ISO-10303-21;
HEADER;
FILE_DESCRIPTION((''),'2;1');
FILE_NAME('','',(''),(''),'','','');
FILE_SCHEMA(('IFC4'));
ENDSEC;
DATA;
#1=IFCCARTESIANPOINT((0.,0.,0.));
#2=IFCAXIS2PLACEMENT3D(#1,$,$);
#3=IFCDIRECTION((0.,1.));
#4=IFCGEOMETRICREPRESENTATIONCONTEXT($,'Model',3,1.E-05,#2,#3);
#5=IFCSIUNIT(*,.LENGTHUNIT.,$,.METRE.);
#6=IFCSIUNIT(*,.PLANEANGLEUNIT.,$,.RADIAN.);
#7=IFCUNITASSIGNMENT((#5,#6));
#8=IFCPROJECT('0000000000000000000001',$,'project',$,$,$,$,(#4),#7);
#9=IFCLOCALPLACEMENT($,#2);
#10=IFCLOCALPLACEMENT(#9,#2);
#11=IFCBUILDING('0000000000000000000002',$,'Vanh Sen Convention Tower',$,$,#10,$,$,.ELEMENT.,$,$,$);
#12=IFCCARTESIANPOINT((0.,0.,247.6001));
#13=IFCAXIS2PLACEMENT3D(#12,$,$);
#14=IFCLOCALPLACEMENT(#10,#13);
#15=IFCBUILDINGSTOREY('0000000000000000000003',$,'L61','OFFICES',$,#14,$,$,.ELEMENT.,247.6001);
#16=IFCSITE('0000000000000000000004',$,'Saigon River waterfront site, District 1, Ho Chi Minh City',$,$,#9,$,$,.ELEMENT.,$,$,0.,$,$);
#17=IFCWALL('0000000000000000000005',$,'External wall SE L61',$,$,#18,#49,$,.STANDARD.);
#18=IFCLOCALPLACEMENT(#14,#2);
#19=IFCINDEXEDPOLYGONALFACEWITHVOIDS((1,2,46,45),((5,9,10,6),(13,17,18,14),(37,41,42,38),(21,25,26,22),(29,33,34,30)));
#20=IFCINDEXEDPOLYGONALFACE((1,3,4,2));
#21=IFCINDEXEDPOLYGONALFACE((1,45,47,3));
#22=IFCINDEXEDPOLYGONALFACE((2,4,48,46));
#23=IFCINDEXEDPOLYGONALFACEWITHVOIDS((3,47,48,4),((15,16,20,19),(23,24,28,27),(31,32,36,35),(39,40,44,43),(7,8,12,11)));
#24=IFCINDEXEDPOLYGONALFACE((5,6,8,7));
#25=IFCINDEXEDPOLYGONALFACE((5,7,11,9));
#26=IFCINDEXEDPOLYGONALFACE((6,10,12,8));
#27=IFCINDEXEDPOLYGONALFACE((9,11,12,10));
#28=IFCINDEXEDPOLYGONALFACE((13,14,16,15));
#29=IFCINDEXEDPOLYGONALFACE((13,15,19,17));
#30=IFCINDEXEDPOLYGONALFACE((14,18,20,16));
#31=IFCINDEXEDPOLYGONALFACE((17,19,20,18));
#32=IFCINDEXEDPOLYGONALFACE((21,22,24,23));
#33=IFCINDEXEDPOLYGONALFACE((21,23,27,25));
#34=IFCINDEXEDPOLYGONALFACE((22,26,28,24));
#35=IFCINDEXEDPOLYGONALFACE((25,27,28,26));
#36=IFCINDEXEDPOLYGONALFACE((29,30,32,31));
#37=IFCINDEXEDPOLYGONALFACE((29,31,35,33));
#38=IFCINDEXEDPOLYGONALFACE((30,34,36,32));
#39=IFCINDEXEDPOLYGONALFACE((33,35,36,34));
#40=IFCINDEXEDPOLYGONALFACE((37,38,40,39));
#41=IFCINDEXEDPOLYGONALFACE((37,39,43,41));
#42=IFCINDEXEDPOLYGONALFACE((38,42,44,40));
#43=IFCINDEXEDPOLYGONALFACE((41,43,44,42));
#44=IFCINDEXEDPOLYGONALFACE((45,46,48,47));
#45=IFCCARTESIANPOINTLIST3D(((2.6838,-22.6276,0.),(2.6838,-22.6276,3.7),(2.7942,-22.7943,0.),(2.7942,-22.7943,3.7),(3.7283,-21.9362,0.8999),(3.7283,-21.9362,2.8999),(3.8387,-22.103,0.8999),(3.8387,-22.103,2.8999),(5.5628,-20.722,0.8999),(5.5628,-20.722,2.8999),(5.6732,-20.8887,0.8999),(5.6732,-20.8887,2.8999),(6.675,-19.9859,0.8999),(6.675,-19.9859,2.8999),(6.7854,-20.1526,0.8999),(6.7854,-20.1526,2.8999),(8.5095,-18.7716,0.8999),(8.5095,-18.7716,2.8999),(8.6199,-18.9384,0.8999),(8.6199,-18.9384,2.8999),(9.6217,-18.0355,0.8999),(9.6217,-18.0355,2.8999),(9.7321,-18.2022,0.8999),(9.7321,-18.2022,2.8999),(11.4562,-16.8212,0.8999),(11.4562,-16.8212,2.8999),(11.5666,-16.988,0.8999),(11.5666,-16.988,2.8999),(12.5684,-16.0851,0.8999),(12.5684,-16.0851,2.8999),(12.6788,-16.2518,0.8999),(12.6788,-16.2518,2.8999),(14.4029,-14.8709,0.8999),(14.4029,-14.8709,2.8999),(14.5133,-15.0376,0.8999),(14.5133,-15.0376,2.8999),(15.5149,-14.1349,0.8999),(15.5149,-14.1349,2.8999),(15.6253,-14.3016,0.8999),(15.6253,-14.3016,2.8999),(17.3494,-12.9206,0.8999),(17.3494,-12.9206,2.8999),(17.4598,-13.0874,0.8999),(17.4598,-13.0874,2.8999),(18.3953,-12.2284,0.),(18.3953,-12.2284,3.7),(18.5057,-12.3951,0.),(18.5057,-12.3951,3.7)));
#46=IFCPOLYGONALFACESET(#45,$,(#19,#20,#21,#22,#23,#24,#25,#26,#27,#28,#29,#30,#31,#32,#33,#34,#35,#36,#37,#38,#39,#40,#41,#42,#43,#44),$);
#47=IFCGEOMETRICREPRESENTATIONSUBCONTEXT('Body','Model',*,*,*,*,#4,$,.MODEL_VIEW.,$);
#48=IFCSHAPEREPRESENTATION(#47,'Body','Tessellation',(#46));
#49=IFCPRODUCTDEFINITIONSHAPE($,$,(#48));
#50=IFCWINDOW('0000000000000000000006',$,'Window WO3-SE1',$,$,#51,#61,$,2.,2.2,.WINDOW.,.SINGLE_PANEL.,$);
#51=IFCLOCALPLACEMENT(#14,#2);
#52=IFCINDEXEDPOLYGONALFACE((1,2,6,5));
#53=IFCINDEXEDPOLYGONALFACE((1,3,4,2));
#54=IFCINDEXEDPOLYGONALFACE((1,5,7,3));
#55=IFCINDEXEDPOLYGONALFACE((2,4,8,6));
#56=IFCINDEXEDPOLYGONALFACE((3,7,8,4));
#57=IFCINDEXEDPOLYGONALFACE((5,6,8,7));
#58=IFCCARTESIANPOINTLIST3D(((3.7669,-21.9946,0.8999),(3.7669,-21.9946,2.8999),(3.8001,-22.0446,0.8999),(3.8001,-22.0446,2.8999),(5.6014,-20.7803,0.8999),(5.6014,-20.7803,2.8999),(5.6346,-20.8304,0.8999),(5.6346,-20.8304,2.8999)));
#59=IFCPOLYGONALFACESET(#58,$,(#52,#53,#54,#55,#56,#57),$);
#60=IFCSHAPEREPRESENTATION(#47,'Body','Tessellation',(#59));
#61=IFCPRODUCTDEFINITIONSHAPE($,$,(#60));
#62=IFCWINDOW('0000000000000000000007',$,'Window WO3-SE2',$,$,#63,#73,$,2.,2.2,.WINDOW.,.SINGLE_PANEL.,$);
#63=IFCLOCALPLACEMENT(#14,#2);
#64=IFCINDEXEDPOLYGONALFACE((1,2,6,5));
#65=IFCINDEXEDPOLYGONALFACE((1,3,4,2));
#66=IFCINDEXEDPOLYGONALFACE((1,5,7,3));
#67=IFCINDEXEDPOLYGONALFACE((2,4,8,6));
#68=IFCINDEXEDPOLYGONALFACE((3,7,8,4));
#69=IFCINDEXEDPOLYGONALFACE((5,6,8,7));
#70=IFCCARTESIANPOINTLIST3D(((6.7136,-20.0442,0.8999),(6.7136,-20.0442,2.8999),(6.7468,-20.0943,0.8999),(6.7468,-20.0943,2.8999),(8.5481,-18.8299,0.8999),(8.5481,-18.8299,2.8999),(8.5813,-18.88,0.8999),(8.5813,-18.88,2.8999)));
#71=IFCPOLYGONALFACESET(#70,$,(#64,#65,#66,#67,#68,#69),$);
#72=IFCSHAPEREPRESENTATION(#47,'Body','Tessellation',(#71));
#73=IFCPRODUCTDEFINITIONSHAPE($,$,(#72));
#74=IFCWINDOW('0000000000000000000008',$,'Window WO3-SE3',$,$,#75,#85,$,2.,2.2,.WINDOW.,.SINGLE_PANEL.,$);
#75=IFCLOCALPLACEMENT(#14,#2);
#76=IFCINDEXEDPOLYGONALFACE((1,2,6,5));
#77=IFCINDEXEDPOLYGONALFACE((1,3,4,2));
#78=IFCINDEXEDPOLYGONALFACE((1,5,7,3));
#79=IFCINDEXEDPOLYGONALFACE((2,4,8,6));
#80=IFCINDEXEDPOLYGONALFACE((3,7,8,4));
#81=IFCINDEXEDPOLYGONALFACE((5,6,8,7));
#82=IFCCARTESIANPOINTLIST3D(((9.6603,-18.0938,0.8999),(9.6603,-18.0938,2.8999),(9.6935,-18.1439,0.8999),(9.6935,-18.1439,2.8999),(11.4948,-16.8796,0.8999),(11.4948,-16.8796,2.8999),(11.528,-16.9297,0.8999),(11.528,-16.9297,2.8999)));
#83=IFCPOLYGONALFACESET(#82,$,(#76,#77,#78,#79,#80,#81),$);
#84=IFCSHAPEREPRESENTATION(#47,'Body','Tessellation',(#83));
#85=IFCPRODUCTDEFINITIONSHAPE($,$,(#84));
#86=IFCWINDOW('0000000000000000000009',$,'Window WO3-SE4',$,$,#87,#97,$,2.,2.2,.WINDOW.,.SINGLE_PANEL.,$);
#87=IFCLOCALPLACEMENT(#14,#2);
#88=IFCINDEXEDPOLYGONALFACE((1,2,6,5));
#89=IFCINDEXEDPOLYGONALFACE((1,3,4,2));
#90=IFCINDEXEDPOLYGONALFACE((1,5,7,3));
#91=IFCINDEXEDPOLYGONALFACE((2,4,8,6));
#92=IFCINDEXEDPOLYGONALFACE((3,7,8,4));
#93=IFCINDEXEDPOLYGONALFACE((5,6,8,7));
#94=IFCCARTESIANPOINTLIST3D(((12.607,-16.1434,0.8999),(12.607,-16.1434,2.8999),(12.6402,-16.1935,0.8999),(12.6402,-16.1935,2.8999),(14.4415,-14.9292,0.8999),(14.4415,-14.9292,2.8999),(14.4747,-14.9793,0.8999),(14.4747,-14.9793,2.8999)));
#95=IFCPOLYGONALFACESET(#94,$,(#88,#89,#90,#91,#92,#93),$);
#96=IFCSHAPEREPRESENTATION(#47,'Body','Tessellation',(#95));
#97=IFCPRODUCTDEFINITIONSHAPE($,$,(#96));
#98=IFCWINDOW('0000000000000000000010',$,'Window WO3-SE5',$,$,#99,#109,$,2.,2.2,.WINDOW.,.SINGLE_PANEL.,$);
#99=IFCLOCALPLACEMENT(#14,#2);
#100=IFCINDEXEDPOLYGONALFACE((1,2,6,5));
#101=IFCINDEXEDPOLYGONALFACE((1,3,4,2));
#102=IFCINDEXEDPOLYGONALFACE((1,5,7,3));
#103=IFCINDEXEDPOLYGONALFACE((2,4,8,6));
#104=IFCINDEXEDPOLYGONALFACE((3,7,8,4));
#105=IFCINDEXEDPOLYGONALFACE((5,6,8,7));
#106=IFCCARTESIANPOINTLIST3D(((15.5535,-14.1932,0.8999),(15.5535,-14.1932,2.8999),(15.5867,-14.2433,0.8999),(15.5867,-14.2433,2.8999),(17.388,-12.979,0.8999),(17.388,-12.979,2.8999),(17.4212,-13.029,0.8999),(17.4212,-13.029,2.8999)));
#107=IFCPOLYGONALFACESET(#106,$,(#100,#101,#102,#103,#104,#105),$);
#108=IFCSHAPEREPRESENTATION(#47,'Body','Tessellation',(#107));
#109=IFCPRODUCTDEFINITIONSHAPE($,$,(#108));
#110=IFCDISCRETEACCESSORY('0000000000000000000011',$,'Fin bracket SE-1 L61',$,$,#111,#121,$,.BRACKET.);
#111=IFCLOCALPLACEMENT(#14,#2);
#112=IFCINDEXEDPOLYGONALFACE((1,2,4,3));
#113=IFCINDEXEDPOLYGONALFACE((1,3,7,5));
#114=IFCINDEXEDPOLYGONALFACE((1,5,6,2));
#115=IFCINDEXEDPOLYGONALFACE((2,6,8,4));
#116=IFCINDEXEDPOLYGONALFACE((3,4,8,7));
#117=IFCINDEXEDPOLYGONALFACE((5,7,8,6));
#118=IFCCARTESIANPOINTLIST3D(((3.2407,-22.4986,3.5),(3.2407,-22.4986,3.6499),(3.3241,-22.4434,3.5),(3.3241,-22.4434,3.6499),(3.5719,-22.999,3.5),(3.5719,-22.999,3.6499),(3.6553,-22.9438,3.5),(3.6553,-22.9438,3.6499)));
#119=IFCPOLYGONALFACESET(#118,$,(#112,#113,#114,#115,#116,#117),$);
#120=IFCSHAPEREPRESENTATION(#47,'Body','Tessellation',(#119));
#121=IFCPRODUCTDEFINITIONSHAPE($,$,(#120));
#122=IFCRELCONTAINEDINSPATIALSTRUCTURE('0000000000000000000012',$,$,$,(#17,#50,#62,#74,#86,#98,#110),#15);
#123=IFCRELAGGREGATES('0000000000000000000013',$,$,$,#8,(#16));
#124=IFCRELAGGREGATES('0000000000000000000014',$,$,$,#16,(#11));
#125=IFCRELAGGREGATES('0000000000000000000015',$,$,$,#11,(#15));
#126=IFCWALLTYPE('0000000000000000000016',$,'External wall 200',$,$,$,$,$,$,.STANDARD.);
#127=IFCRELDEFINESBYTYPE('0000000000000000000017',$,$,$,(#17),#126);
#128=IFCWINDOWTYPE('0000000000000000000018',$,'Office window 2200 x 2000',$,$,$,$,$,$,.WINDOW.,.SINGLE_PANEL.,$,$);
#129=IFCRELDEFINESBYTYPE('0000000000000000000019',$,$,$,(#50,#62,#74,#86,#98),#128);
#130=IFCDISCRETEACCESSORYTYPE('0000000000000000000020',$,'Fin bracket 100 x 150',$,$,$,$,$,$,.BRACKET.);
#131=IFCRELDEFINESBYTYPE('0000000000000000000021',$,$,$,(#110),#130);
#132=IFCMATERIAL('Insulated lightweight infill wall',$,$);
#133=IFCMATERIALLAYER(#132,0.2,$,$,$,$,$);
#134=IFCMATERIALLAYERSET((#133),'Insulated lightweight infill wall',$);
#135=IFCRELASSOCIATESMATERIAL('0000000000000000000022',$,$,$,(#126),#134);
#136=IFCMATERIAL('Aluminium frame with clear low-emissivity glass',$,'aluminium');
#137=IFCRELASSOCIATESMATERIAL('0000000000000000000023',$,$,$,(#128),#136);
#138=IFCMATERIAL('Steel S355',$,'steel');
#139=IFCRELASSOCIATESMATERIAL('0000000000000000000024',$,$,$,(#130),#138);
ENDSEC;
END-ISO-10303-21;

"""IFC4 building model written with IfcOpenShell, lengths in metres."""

from ifc_helpers import new_model, si_unit, direction, frame, frame_2d, origin, origin_2d, place, context, subcontext, project, spatial, rectangle, extrude, material, layer, layer_set, type_object, element, fill, save


model = new_model("IFC4")

# Units and contexts
model_context = context("Model", 3, precision=1e-05, world=origin(), true_north=direction((0.0, 1.0)))
body_context = subcontext(model_context, "Body", "Model", "MODEL_VIEW")
ifc_project = project(units=[si_unit("LENGTHUNIT", "METRE"), si_unit("PLANEANGLEUNIT", "RADIAN")], contexts=[model_context])

# Site, building, storey
site_placement = place(None, origin())
site = spatial("IfcSite", under=ifc_project, at=site_placement, Name="Saigon River waterfront site, District 1, Ho Chi Minh City", CompositionType="ELEMENT", RefElevation=0.0)
building_placement = place(site_placement, origin())
building = spatial("IfcBuilding", under=site, at=building_placement, Name="Vanh Sen Convention Tower", CompositionType="ELEMENT")
storey_placement = place(building_placement, frame((0.0, 0.0, 247.6001)))
storey = spatial("IfcBuildingStorey", under=building, at=storey_placement, Name="L61", Description="OFFICES", CompositionType="ELEMENT", Elevation=247.6001)

# Wall, openings, windows
ifc_material_1 = material(Name="Insulated lightweight infill wall")
ifc_layer_1 = layer(ifc_material_1, 0.2)
ifc_layer_set_1 = layer_set([ifc_layer_1], Name="Insulated lightweight infill wall")
wall_type_1 = type_object("IfcWallType", Name="External wall 200", PredefinedType="STANDARD", material=ifc_layer_set_1)
wall_1_placement = place(storey_placement, frame((2.739, -22.7109, 0.0), z_axis=(0.0, 0.0, 1.0), x_axis=(0.833886, 0.551937, 0.0)))
wall_1 = element("IfcWall", 1, at=wall_1_placement, inside=storey, type_object=wall_type_1, Name="External wall SE L61", PredefinedType="STANDARD", context=body_context, shape_type="SweptSolid", body=[
    extrude(rectangle(XDim=18.8413, YDim=0.2, at=frame_2d((9.4207, 0.0))), origin(), (0.0, 0.0, 1.0), 3.7),
])
opening_1_placement = place(wall_1_placement, frame((1.2524, 0.0, 0.8999)))
opening_1 = element("IfcOpeningElement", 2, at=opening_1_placement, cuts=wall_1, PredefinedType="OPENING", context=body_context, shape_type="SweptSolid", body=[
    extrude(rectangle(XDim=2.2, YDim=2.0, at=frame_2d((1.1001, 1.0))), frame((0.0, 0.1099, 0.0), z_axis=(0.0, -1.0, 0.0), x_axis=(1.0, 0.0, 0.0)), (0.0, 0.0, 1.0), 0.22),
])
opening_2_placement = place(wall_1_placement, frame((4.7861, 0.0, 0.8999)))
opening_2 = element("IfcOpeningElement", 3, at=opening_2_placement, cuts=wall_1, PredefinedType="OPENING", context=body_context, shape_type="SweptSolid", body=[
    extrude(rectangle(XDim=2.2, YDim=2.0, at=frame_2d((1.1001, 1.0))), frame((0.0, 0.1099, 0.0), z_axis=(0.0, -1.0, 0.0), x_axis=(1.0, 0.0, 0.0)), (0.0, 0.0, 1.0), 0.22),
])
opening_3_placement = place(wall_1_placement, frame((8.3198, 0.0, 0.8999)))
opening_3 = element("IfcOpeningElement", 4, at=opening_3_placement, cuts=wall_1, PredefinedType="OPENING", context=body_context, shape_type="SweptSolid", body=[
    extrude(rectangle(XDim=2.2, YDim=2.0, at=frame_2d((1.1001, 1.0))), frame((0.0, 0.1099, 0.0), z_axis=(0.0, -1.0, 0.0), x_axis=(1.0, 0.0, 0.0)), (0.0, 0.0, 1.0), 0.22),
])
opening_4_placement = place(wall_1_placement, frame((11.8535, 0.0, 0.8999)))
opening_4 = element("IfcOpeningElement", 5, at=opening_4_placement, cuts=wall_1, PredefinedType="OPENING", context=body_context, shape_type="SweptSolid", body=[
    extrude(rectangle(XDim=2.2, YDim=2.0, at=frame_2d((1.1001, 1.0))), frame((0.0, 0.1099, 0.0), z_axis=(0.0, -1.0, 0.0), x_axis=(1.0, 0.0, 0.0)), (0.0, 0.0, 1.0), 0.22),
])
opening_5_placement = place(wall_1_placement, frame((15.387, 0.0, 0.8999)))
opening_5 = element("IfcOpeningElement", 6, at=opening_5_placement, cuts=wall_1, PredefinedType="OPENING", context=body_context, shape_type="SweptSolid", body=[
    extrude(rectangle(XDim=2.2, YDim=2.0, at=frame_2d((1.1001, 1.0))), frame((0.0, 0.1099, 0.0), z_axis=(0.0, -1.0, 0.0), x_axis=(1.0, 0.0, 0.0)), (0.0, 0.0, 1.0), 0.22),
])
ifc_material_2 = material(Name="Aluminium frame with clear low-emissivity glass", Category="aluminium")
window_type = type_object("IfcWindowType", Name="Office window 2200 x 2000", PartitioningType="SINGLE_PANEL", PredefinedType="WINDOW", material=ifc_material_2)
window_1_placement = place(opening_1_placement, origin())
window_1 = element("IfcWindow", 7, at=window_1_placement, inside=storey, type_object=window_type, Name="Window WO3-SE1", OverallHeight=2.0, OverallWidth=2.2, PartitioningType="SINGLE_PANEL", PredefinedType="WINDOW", context=body_context, shape_type="SweptSolid", body=[
    extrude(rectangle(XDim=2.2, YDim=2.0, at=frame_2d((1.1001, 1.0))), frame((0.0, 0.03, 0.0), z_axis=(0.0, -1.0, 0.0), x_axis=(1.0, 0.0, 0.0)), (0.0, 0.0, 1.0), 0.0601),
])
fill(opening_1, window_1)
window_2_placement = place(opening_2_placement, origin())
window_2 = element("IfcWindow", 8, at=window_2_placement, inside=storey, type_object=window_type, Name="Window WO3-SE2", OverallHeight=2.0, OverallWidth=2.2, PartitioningType="SINGLE_PANEL", PredefinedType="WINDOW", context=body_context, shape_type="SweptSolid", body=[
    extrude(rectangle(XDim=2.2, YDim=2.0, at=frame_2d((1.1001, 1.0))), frame((0.0, 0.03, 0.0), z_axis=(0.0, -1.0, 0.0), x_axis=(1.0, 0.0, 0.0)), (0.0, 0.0, 1.0), 0.0601),
])
fill(opening_2, window_2)
window_3_placement = place(opening_3_placement, origin())
window_3 = element("IfcWindow", 9, at=window_3_placement, inside=storey, type_object=window_type, Name="Window WO3-SE3", OverallHeight=2.0, OverallWidth=2.2, PartitioningType="SINGLE_PANEL", PredefinedType="WINDOW", context=body_context, shape_type="SweptSolid", body=[
    extrude(rectangle(XDim=2.2, YDim=2.0, at=frame_2d((1.1001, 1.0))), frame((0.0, 0.03, 0.0), z_axis=(0.0, -1.0, 0.0), x_axis=(1.0, 0.0, 0.0)), (0.0, 0.0, 1.0), 0.0601),
])
fill(opening_3, window_3)
window_4_placement = place(opening_4_placement, origin())
window_4 = element("IfcWindow", 10, at=window_4_placement, inside=storey, type_object=window_type, Name="Window WO3-SE4", OverallHeight=2.0, OverallWidth=2.2, PartitioningType="SINGLE_PANEL", PredefinedType="WINDOW", context=body_context, shape_type="SweptSolid", body=[
    extrude(rectangle(XDim=2.2, YDim=2.0, at=frame_2d((1.1001, 1.0))), frame((0.0, 0.03, 0.0), z_axis=(0.0, -1.0, 0.0), x_axis=(1.0, 0.0, 0.0)), (0.0, 0.0, 1.0), 0.0601),
])
fill(opening_4, window_4)
window_5_placement = place(opening_5_placement, origin())
window_5 = element("IfcWindow", 11, at=window_5_placement, inside=storey, type_object=window_type, Name="Window WO3-SE5", OverallHeight=2.0, OverallWidth=2.2, PartitioningType="SINGLE_PANEL", PredefinedType="WINDOW", context=body_context, shape_type="SweptSolid", body=[
    extrude(rectangle(XDim=2.2, YDim=2.0, at=frame_2d((1.1001, 1.0))), frame((0.0, 0.03, 0.0), z_axis=(0.0, -1.0, 0.0), x_axis=(1.0, 0.0, 0.0)), (0.0, 0.0, 1.0), 0.0601),
])
fill(opening_5, window_5)

# Discrete accessory
ifc_material_3 = material(Name="Steel S355", Category="steel")
discrete_accessory_type = type_object("IfcDiscreteAccessoryType", Name="Fin bracket 100 x 150", PredefinedType="BRACKET", material=ifc_material_3)
discrete_accessory_placement = place(storey_placement, frame((3.448, -22.7212, 3.5), z_axis=(0.0, 0.0, 1.0), x_axis=(0.551937, -0.833886, 0.0)))
element("IfcDiscreteAccessory", 12, at=discrete_accessory_placement, inside=storey, type_object=discrete_accessory_type, Name="Fin bracket SE-1 L61", PredefinedType="BRACKET", context=body_context, shape_type="SweptSolid", body=[
    extrude(rectangle(XDim=0.6001, YDim=0.1001, at=origin_2d()), origin(), (0.0, 0.0, 1.0), 0.1499),
])

save(model, "model.ifc")
